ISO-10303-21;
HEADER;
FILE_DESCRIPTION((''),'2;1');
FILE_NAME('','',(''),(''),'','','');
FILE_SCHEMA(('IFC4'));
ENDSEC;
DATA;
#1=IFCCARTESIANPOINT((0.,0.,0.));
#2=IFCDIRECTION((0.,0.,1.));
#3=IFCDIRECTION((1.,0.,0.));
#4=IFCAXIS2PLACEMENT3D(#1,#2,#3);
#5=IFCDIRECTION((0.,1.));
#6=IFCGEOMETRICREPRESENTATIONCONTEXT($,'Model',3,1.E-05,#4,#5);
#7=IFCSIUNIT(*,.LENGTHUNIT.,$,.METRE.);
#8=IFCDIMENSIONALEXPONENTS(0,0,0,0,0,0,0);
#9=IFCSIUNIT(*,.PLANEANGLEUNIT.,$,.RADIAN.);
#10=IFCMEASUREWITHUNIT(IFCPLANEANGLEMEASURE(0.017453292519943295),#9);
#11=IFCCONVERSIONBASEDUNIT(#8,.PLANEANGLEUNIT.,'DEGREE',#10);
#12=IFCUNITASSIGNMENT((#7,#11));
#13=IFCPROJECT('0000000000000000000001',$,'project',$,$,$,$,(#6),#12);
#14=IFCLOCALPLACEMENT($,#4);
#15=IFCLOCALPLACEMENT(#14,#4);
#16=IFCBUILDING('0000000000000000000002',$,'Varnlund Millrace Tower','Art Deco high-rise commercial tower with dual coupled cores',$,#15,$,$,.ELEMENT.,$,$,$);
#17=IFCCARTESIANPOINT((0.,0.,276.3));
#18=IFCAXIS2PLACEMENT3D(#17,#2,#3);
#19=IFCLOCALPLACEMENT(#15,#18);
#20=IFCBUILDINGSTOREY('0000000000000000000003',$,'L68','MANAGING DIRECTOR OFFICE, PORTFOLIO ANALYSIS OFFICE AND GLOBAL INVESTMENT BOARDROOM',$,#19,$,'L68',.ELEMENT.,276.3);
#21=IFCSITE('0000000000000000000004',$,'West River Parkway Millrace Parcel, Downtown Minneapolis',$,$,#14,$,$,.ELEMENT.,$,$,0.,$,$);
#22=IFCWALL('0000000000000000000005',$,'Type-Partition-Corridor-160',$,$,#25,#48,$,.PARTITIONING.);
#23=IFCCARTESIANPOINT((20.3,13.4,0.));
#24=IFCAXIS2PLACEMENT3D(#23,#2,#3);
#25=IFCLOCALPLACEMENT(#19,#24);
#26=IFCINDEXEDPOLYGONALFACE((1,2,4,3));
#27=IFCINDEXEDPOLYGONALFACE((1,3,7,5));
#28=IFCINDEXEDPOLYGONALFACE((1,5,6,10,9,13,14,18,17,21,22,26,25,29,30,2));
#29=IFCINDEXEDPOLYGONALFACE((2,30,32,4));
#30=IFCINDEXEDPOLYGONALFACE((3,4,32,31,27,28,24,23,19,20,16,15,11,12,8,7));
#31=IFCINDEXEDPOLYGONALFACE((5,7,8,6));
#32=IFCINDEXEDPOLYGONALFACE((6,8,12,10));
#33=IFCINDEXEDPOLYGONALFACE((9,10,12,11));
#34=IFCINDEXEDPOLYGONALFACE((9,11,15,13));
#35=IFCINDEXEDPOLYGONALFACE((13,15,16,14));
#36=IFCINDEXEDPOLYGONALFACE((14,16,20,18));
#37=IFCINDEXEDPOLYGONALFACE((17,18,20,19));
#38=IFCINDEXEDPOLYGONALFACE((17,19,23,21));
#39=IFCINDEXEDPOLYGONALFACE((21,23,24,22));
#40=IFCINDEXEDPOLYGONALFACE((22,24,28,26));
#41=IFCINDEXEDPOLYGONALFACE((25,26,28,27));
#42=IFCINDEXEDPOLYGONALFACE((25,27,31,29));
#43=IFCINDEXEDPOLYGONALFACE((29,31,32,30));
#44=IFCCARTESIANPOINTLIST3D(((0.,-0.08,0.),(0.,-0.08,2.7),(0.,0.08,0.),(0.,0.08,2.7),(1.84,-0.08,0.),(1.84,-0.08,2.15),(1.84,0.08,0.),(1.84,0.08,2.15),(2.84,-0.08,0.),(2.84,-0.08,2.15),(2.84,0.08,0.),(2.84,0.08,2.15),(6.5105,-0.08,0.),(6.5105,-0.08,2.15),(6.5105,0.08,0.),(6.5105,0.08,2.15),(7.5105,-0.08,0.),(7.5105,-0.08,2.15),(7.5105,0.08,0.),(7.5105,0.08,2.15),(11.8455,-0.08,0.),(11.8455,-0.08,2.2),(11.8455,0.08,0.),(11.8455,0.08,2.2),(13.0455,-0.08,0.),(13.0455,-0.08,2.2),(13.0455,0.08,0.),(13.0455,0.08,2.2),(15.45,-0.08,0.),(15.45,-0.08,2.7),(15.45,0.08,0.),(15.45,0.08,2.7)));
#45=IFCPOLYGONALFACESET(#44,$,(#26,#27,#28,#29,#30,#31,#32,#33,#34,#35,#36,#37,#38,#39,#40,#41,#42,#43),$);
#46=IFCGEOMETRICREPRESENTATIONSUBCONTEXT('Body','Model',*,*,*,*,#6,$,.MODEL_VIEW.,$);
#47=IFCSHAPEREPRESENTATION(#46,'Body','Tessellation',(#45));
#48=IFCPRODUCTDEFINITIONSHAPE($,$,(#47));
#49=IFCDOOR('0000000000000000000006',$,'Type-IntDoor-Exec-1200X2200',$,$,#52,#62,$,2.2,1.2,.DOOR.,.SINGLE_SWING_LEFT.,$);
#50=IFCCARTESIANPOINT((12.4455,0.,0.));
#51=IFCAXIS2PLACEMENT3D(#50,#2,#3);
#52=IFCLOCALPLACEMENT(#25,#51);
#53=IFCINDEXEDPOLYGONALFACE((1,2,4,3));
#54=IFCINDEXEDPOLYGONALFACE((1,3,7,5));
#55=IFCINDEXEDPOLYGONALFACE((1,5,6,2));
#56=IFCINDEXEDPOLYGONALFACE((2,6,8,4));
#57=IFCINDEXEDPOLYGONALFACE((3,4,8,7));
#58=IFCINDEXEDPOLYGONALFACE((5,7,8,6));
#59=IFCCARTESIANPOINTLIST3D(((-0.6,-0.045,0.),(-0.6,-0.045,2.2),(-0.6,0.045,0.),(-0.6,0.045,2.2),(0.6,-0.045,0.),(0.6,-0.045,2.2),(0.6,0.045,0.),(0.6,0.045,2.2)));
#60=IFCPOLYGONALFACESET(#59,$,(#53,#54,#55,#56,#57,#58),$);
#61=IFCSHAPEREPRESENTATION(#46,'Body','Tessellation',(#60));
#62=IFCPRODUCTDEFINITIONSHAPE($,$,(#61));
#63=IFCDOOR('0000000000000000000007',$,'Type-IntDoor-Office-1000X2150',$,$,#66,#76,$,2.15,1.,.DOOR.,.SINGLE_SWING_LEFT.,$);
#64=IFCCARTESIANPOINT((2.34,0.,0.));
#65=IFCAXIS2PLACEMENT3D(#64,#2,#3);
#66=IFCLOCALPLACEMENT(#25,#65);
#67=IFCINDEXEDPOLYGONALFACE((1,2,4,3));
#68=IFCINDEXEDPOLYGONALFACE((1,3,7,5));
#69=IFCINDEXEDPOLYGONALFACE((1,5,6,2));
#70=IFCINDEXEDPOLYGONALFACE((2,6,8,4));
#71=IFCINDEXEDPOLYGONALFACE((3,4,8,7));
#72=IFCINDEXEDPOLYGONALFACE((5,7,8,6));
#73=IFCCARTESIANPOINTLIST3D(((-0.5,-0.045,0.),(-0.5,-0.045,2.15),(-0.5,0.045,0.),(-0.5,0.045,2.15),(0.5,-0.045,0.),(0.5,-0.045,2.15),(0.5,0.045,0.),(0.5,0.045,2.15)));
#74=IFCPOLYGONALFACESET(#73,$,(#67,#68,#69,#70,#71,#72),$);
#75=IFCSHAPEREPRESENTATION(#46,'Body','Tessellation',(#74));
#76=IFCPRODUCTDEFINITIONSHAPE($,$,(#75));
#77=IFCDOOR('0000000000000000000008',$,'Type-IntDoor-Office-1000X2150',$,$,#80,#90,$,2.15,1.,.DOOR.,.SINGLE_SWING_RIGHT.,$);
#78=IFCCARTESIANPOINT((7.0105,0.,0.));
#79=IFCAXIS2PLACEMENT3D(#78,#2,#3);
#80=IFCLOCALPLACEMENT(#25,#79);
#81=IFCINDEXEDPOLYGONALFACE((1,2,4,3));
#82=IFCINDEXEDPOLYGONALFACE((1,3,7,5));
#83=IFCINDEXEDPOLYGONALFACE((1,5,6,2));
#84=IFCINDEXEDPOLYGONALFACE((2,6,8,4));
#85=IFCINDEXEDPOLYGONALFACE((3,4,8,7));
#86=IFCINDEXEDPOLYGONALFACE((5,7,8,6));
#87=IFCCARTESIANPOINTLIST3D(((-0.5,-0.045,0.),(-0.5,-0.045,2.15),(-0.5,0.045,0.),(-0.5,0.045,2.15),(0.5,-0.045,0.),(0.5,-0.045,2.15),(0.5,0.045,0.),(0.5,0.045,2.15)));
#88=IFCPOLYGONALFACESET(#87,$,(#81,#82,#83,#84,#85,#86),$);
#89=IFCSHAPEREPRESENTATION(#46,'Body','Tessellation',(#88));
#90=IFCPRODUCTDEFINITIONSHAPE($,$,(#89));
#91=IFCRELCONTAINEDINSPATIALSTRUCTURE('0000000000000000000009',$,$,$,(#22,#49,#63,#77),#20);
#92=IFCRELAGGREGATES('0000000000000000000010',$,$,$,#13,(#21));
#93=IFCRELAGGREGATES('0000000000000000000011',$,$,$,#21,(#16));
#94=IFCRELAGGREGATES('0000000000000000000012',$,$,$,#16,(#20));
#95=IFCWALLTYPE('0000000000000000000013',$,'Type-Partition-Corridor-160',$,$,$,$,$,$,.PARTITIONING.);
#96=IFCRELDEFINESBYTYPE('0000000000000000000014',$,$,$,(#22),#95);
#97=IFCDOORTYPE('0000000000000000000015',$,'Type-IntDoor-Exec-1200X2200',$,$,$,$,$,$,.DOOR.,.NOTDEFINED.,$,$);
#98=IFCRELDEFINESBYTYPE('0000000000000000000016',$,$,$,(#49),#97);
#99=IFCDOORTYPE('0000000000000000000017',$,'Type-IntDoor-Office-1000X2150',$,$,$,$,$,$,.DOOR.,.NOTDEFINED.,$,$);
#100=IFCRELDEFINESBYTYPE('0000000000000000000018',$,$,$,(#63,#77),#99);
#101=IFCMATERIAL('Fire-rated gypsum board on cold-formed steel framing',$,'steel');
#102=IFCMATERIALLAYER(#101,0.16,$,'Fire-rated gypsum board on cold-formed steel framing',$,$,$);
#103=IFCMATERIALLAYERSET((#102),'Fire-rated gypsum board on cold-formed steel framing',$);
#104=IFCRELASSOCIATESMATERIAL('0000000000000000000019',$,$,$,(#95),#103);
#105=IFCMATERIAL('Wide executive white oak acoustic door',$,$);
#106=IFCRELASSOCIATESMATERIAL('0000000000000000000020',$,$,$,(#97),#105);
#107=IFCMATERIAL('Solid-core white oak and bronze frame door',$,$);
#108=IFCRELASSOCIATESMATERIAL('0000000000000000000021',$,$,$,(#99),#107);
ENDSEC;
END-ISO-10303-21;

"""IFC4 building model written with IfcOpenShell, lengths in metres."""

from ifc_helpers import new_model, entity, si_unit, converted_unit, direction, frame, origin_with_axes, origin_2d_with_axis, place, context, subcontext, project, spatial, polyline, rectangle, outline, extrude, material, layer, layer_set, type_object, element, fill, save


model = new_model("IFC4")

# Units and contexts
model_context = context("Model", 3, precision=1e-05, world=origin_with_axes(), true_north=direction((0.0, 1.0)))
body_context = subcontext(model_context, "Body", "Model", "MODEL_VIEW")
ifc_project = project(units=[si_unit("LENGTHUNIT", "METRE"), converted_unit("PLANEANGLEUNIT", "DEGREE", entity("IfcPlaneAngleMeasure", 0.017453292519943295), si_unit("PLANEANGLEUNIT", "RADIAN"), dimensions=[0, 0, 0, 0, 0, 0, 0])], contexts=[model_context])

# Site, building, storey
site_placement = place(None, origin_with_axes())
site = spatial("IfcSite", under=ifc_project, at=site_placement, Name="West River Parkway Millrace Parcel, Downtown Minneapolis", CompositionType="ELEMENT", RefElevation=0.0)
building_placement = place(site_placement, origin_with_axes())
building = spatial("IfcBuilding", under=site, at=building_placement, Name="Varnlund Millrace Tower", Description="Art Deco high-rise commercial tower with dual coupled cores", CompositionType="ELEMENT")
storey_placement = place(building_placement, frame((0.0, 0.0, 276.3), z_axis=(0.0, 0.0, 1.0), x_axis=(1.0, 0.0, 0.0)))
storey = spatial("IfcBuildingStorey", under=building, at=storey_placement, Name="L68", Description="MANAGING DIRECTOR OFFICE, PORTFOLIO ANALYSIS OFFICE AND GLOBAL INVESTMENT BOARDROOM", LongName="L68", CompositionType="ELEMENT", Elevation=276.3)

# Wall, openings, doors
ifc_material_1 = material(Name="Fire-rated gypsum board on cold-formed steel framing", Category="steel")
ifc_layer = layer(ifc_material_1, 0.16, Name="Fire-rated gypsum board on cold-formed steel framing")
ifc_layer_set = layer_set([ifc_layer], Name="Fire-rated gypsum board on cold-formed steel framing")
wall_type = type_object("IfcWallType", Name="Type-Partition-Corridor-160", PredefinedType="PARTITIONING", material=ifc_layer_set)
wall_1_placement = place(storey_placement, frame((20.3, 13.4, 0.0), z_axis=(0.0, 0.0, 1.0), x_axis=(1.0, 0.0, 0.0)))
wall_1 = element("IfcWall", 1, at=wall_1_placement, inside=storey, type_object=wall_type, Name="Type-Partition-Corridor-160", PredefinedType="PARTITIONING", context=body_context, shape_type="SweptSolid", body=[
    extrude(outline(polyline([(0.0, -0.08), (15.45, -0.08), (15.45, 0.08), (0.0, 0.08), (0.0, -0.08)])), origin_with_axes(), (0.0, 0.0, 1.0), 2.7),
])
opening_1_placement = place(wall_1_placement, frame((2.34, 0.0, 0.0), z_axis=(0.0, 0.0, 1.0), x_axis=(1.0, 0.0, 0.0)))
opening_1 = element("IfcOpeningElement", 2, at=opening_1_placement, cuts=wall_1, PredefinedType="OPENING", context=body_context, shape_type="SweptSolid", body=[
    extrude(rectangle(XDim=1.0, YDim=0.18, at=origin_2d_with_axis()), origin_with_axes(), (0.0, 0.0, 1.0), 2.15),
])
opening_2_placement = place(wall_1_placement, frame((7.0105, 0.0, 0.0), z_axis=(0.0, 0.0, 1.0), x_axis=(1.0, 0.0, 0.0)))
opening_2 = element("IfcOpeningElement", 3, at=opening_2_placement, cuts=wall_1, PredefinedType="OPENING", context=body_context, shape_type="SweptSolid", body=[
    extrude(rectangle(XDim=1.0, YDim=0.18, at=origin_2d_with_axis()), origin_with_axes(), (0.0, 0.0, 1.0), 2.15),
])
opening_3_placement = place(wall_1_placement, frame((12.4455, 0.0, 0.0), z_axis=(0.0, 0.0, 1.0), x_axis=(1.0, 0.0, 0.0)))
opening_3 = element("IfcOpeningElement", 4, at=opening_3_placement, cuts=wall_1, PredefinedType="OPENING", context=body_context, shape_type="SweptSolid", body=[
    extrude(rectangle(XDim=1.2, YDim=0.18, at=origin_2d_with_axis()), origin_with_axes(), (0.0, 0.0, 1.0), 2.2),
])
ifc_material_2 = material(Name="Wide executive white oak acoustic door")
door_type_1 = type_object("IfcDoorType", Name="Type-IntDoor-Exec-1200X2200", OperationType="NOTDEFINED", PredefinedType="DOOR", material=ifc_material_2)
door_1_placement = place(wall_1_placement, frame((12.4455, 0.0, 0.0), z_axis=(0.0, 0.0, 1.0), x_axis=(1.0, 0.0, 0.0)))
door_1 = element("IfcDoor", 5, at=door_1_placement, inside=storey, type_object=door_type_1, Name="Type-IntDoor-Exec-1200X2200", OperationType="SINGLE_SWING_LEFT", OverallHeight=2.2, OverallWidth=1.2, PredefinedType="DOOR", context=body_context, shape_type="SweptSolid", body=[
    extrude(rectangle(XDim=1.2, YDim=0.09, at=origin_2d_with_axis()), origin_with_axes(), (0.0, 0.0, 1.0), 2.2),
])
fill(opening_3, door_1)
ifc_material_3 = material(Name="Solid-core white oak and bronze frame door")
door_type_2 = type_object("IfcDoorType", Name="Type-IntDoor-Office-1000X2150", OperationType="NOTDEFINED", PredefinedType="DOOR", material=ifc_material_3)
door_2_placement = place(wall_1_placement, frame((2.34, 0.0, 0.0), z_axis=(0.0, 0.0, 1.0), x_axis=(1.0, 0.0, 0.0)))
door_2 = element("IfcDoor", 6, at=door_2_placement, inside=storey, type_object=door_type_2, Name="Type-IntDoor-Office-1000X2150", OperationType="SINGLE_SWING_LEFT", OverallHeight=2.15, OverallWidth=1.0, PredefinedType="DOOR", context=body_context, shape_type="SweptSolid", body=[
    extrude(rectangle(XDim=1.0, YDim=0.09, at=origin_2d_with_axis()), origin_with_axes(), (0.0, 0.0, 1.0), 2.15),
])
fill(opening_1, door_2)
door_3_placement = place(wall_1_placement, frame((7.0105, 0.0, 0.0), z_axis=(0.0, 0.0, 1.0), x_axis=(1.0, 0.0, 0.0)))
door_3 = element("IfcDoor", 7, at=door_3_placement, inside=storey, type_object=door_type_2, Name="Type-IntDoor-Office-1000X2150", OperationType="SINGLE_SWING_RIGHT", OverallHeight=2.15, OverallWidth=1.0, PredefinedType="DOOR", context=body_context, shape_type="SweptSolid", body=[
    extrude(rectangle(XDim=1.0, YDim=0.09, at=origin_2d_with_axis()), origin_with_axes(), (0.0, 0.0, 1.0), 2.15),
])
fill(opening_2, door_3)

save(model, "model.ifc")
